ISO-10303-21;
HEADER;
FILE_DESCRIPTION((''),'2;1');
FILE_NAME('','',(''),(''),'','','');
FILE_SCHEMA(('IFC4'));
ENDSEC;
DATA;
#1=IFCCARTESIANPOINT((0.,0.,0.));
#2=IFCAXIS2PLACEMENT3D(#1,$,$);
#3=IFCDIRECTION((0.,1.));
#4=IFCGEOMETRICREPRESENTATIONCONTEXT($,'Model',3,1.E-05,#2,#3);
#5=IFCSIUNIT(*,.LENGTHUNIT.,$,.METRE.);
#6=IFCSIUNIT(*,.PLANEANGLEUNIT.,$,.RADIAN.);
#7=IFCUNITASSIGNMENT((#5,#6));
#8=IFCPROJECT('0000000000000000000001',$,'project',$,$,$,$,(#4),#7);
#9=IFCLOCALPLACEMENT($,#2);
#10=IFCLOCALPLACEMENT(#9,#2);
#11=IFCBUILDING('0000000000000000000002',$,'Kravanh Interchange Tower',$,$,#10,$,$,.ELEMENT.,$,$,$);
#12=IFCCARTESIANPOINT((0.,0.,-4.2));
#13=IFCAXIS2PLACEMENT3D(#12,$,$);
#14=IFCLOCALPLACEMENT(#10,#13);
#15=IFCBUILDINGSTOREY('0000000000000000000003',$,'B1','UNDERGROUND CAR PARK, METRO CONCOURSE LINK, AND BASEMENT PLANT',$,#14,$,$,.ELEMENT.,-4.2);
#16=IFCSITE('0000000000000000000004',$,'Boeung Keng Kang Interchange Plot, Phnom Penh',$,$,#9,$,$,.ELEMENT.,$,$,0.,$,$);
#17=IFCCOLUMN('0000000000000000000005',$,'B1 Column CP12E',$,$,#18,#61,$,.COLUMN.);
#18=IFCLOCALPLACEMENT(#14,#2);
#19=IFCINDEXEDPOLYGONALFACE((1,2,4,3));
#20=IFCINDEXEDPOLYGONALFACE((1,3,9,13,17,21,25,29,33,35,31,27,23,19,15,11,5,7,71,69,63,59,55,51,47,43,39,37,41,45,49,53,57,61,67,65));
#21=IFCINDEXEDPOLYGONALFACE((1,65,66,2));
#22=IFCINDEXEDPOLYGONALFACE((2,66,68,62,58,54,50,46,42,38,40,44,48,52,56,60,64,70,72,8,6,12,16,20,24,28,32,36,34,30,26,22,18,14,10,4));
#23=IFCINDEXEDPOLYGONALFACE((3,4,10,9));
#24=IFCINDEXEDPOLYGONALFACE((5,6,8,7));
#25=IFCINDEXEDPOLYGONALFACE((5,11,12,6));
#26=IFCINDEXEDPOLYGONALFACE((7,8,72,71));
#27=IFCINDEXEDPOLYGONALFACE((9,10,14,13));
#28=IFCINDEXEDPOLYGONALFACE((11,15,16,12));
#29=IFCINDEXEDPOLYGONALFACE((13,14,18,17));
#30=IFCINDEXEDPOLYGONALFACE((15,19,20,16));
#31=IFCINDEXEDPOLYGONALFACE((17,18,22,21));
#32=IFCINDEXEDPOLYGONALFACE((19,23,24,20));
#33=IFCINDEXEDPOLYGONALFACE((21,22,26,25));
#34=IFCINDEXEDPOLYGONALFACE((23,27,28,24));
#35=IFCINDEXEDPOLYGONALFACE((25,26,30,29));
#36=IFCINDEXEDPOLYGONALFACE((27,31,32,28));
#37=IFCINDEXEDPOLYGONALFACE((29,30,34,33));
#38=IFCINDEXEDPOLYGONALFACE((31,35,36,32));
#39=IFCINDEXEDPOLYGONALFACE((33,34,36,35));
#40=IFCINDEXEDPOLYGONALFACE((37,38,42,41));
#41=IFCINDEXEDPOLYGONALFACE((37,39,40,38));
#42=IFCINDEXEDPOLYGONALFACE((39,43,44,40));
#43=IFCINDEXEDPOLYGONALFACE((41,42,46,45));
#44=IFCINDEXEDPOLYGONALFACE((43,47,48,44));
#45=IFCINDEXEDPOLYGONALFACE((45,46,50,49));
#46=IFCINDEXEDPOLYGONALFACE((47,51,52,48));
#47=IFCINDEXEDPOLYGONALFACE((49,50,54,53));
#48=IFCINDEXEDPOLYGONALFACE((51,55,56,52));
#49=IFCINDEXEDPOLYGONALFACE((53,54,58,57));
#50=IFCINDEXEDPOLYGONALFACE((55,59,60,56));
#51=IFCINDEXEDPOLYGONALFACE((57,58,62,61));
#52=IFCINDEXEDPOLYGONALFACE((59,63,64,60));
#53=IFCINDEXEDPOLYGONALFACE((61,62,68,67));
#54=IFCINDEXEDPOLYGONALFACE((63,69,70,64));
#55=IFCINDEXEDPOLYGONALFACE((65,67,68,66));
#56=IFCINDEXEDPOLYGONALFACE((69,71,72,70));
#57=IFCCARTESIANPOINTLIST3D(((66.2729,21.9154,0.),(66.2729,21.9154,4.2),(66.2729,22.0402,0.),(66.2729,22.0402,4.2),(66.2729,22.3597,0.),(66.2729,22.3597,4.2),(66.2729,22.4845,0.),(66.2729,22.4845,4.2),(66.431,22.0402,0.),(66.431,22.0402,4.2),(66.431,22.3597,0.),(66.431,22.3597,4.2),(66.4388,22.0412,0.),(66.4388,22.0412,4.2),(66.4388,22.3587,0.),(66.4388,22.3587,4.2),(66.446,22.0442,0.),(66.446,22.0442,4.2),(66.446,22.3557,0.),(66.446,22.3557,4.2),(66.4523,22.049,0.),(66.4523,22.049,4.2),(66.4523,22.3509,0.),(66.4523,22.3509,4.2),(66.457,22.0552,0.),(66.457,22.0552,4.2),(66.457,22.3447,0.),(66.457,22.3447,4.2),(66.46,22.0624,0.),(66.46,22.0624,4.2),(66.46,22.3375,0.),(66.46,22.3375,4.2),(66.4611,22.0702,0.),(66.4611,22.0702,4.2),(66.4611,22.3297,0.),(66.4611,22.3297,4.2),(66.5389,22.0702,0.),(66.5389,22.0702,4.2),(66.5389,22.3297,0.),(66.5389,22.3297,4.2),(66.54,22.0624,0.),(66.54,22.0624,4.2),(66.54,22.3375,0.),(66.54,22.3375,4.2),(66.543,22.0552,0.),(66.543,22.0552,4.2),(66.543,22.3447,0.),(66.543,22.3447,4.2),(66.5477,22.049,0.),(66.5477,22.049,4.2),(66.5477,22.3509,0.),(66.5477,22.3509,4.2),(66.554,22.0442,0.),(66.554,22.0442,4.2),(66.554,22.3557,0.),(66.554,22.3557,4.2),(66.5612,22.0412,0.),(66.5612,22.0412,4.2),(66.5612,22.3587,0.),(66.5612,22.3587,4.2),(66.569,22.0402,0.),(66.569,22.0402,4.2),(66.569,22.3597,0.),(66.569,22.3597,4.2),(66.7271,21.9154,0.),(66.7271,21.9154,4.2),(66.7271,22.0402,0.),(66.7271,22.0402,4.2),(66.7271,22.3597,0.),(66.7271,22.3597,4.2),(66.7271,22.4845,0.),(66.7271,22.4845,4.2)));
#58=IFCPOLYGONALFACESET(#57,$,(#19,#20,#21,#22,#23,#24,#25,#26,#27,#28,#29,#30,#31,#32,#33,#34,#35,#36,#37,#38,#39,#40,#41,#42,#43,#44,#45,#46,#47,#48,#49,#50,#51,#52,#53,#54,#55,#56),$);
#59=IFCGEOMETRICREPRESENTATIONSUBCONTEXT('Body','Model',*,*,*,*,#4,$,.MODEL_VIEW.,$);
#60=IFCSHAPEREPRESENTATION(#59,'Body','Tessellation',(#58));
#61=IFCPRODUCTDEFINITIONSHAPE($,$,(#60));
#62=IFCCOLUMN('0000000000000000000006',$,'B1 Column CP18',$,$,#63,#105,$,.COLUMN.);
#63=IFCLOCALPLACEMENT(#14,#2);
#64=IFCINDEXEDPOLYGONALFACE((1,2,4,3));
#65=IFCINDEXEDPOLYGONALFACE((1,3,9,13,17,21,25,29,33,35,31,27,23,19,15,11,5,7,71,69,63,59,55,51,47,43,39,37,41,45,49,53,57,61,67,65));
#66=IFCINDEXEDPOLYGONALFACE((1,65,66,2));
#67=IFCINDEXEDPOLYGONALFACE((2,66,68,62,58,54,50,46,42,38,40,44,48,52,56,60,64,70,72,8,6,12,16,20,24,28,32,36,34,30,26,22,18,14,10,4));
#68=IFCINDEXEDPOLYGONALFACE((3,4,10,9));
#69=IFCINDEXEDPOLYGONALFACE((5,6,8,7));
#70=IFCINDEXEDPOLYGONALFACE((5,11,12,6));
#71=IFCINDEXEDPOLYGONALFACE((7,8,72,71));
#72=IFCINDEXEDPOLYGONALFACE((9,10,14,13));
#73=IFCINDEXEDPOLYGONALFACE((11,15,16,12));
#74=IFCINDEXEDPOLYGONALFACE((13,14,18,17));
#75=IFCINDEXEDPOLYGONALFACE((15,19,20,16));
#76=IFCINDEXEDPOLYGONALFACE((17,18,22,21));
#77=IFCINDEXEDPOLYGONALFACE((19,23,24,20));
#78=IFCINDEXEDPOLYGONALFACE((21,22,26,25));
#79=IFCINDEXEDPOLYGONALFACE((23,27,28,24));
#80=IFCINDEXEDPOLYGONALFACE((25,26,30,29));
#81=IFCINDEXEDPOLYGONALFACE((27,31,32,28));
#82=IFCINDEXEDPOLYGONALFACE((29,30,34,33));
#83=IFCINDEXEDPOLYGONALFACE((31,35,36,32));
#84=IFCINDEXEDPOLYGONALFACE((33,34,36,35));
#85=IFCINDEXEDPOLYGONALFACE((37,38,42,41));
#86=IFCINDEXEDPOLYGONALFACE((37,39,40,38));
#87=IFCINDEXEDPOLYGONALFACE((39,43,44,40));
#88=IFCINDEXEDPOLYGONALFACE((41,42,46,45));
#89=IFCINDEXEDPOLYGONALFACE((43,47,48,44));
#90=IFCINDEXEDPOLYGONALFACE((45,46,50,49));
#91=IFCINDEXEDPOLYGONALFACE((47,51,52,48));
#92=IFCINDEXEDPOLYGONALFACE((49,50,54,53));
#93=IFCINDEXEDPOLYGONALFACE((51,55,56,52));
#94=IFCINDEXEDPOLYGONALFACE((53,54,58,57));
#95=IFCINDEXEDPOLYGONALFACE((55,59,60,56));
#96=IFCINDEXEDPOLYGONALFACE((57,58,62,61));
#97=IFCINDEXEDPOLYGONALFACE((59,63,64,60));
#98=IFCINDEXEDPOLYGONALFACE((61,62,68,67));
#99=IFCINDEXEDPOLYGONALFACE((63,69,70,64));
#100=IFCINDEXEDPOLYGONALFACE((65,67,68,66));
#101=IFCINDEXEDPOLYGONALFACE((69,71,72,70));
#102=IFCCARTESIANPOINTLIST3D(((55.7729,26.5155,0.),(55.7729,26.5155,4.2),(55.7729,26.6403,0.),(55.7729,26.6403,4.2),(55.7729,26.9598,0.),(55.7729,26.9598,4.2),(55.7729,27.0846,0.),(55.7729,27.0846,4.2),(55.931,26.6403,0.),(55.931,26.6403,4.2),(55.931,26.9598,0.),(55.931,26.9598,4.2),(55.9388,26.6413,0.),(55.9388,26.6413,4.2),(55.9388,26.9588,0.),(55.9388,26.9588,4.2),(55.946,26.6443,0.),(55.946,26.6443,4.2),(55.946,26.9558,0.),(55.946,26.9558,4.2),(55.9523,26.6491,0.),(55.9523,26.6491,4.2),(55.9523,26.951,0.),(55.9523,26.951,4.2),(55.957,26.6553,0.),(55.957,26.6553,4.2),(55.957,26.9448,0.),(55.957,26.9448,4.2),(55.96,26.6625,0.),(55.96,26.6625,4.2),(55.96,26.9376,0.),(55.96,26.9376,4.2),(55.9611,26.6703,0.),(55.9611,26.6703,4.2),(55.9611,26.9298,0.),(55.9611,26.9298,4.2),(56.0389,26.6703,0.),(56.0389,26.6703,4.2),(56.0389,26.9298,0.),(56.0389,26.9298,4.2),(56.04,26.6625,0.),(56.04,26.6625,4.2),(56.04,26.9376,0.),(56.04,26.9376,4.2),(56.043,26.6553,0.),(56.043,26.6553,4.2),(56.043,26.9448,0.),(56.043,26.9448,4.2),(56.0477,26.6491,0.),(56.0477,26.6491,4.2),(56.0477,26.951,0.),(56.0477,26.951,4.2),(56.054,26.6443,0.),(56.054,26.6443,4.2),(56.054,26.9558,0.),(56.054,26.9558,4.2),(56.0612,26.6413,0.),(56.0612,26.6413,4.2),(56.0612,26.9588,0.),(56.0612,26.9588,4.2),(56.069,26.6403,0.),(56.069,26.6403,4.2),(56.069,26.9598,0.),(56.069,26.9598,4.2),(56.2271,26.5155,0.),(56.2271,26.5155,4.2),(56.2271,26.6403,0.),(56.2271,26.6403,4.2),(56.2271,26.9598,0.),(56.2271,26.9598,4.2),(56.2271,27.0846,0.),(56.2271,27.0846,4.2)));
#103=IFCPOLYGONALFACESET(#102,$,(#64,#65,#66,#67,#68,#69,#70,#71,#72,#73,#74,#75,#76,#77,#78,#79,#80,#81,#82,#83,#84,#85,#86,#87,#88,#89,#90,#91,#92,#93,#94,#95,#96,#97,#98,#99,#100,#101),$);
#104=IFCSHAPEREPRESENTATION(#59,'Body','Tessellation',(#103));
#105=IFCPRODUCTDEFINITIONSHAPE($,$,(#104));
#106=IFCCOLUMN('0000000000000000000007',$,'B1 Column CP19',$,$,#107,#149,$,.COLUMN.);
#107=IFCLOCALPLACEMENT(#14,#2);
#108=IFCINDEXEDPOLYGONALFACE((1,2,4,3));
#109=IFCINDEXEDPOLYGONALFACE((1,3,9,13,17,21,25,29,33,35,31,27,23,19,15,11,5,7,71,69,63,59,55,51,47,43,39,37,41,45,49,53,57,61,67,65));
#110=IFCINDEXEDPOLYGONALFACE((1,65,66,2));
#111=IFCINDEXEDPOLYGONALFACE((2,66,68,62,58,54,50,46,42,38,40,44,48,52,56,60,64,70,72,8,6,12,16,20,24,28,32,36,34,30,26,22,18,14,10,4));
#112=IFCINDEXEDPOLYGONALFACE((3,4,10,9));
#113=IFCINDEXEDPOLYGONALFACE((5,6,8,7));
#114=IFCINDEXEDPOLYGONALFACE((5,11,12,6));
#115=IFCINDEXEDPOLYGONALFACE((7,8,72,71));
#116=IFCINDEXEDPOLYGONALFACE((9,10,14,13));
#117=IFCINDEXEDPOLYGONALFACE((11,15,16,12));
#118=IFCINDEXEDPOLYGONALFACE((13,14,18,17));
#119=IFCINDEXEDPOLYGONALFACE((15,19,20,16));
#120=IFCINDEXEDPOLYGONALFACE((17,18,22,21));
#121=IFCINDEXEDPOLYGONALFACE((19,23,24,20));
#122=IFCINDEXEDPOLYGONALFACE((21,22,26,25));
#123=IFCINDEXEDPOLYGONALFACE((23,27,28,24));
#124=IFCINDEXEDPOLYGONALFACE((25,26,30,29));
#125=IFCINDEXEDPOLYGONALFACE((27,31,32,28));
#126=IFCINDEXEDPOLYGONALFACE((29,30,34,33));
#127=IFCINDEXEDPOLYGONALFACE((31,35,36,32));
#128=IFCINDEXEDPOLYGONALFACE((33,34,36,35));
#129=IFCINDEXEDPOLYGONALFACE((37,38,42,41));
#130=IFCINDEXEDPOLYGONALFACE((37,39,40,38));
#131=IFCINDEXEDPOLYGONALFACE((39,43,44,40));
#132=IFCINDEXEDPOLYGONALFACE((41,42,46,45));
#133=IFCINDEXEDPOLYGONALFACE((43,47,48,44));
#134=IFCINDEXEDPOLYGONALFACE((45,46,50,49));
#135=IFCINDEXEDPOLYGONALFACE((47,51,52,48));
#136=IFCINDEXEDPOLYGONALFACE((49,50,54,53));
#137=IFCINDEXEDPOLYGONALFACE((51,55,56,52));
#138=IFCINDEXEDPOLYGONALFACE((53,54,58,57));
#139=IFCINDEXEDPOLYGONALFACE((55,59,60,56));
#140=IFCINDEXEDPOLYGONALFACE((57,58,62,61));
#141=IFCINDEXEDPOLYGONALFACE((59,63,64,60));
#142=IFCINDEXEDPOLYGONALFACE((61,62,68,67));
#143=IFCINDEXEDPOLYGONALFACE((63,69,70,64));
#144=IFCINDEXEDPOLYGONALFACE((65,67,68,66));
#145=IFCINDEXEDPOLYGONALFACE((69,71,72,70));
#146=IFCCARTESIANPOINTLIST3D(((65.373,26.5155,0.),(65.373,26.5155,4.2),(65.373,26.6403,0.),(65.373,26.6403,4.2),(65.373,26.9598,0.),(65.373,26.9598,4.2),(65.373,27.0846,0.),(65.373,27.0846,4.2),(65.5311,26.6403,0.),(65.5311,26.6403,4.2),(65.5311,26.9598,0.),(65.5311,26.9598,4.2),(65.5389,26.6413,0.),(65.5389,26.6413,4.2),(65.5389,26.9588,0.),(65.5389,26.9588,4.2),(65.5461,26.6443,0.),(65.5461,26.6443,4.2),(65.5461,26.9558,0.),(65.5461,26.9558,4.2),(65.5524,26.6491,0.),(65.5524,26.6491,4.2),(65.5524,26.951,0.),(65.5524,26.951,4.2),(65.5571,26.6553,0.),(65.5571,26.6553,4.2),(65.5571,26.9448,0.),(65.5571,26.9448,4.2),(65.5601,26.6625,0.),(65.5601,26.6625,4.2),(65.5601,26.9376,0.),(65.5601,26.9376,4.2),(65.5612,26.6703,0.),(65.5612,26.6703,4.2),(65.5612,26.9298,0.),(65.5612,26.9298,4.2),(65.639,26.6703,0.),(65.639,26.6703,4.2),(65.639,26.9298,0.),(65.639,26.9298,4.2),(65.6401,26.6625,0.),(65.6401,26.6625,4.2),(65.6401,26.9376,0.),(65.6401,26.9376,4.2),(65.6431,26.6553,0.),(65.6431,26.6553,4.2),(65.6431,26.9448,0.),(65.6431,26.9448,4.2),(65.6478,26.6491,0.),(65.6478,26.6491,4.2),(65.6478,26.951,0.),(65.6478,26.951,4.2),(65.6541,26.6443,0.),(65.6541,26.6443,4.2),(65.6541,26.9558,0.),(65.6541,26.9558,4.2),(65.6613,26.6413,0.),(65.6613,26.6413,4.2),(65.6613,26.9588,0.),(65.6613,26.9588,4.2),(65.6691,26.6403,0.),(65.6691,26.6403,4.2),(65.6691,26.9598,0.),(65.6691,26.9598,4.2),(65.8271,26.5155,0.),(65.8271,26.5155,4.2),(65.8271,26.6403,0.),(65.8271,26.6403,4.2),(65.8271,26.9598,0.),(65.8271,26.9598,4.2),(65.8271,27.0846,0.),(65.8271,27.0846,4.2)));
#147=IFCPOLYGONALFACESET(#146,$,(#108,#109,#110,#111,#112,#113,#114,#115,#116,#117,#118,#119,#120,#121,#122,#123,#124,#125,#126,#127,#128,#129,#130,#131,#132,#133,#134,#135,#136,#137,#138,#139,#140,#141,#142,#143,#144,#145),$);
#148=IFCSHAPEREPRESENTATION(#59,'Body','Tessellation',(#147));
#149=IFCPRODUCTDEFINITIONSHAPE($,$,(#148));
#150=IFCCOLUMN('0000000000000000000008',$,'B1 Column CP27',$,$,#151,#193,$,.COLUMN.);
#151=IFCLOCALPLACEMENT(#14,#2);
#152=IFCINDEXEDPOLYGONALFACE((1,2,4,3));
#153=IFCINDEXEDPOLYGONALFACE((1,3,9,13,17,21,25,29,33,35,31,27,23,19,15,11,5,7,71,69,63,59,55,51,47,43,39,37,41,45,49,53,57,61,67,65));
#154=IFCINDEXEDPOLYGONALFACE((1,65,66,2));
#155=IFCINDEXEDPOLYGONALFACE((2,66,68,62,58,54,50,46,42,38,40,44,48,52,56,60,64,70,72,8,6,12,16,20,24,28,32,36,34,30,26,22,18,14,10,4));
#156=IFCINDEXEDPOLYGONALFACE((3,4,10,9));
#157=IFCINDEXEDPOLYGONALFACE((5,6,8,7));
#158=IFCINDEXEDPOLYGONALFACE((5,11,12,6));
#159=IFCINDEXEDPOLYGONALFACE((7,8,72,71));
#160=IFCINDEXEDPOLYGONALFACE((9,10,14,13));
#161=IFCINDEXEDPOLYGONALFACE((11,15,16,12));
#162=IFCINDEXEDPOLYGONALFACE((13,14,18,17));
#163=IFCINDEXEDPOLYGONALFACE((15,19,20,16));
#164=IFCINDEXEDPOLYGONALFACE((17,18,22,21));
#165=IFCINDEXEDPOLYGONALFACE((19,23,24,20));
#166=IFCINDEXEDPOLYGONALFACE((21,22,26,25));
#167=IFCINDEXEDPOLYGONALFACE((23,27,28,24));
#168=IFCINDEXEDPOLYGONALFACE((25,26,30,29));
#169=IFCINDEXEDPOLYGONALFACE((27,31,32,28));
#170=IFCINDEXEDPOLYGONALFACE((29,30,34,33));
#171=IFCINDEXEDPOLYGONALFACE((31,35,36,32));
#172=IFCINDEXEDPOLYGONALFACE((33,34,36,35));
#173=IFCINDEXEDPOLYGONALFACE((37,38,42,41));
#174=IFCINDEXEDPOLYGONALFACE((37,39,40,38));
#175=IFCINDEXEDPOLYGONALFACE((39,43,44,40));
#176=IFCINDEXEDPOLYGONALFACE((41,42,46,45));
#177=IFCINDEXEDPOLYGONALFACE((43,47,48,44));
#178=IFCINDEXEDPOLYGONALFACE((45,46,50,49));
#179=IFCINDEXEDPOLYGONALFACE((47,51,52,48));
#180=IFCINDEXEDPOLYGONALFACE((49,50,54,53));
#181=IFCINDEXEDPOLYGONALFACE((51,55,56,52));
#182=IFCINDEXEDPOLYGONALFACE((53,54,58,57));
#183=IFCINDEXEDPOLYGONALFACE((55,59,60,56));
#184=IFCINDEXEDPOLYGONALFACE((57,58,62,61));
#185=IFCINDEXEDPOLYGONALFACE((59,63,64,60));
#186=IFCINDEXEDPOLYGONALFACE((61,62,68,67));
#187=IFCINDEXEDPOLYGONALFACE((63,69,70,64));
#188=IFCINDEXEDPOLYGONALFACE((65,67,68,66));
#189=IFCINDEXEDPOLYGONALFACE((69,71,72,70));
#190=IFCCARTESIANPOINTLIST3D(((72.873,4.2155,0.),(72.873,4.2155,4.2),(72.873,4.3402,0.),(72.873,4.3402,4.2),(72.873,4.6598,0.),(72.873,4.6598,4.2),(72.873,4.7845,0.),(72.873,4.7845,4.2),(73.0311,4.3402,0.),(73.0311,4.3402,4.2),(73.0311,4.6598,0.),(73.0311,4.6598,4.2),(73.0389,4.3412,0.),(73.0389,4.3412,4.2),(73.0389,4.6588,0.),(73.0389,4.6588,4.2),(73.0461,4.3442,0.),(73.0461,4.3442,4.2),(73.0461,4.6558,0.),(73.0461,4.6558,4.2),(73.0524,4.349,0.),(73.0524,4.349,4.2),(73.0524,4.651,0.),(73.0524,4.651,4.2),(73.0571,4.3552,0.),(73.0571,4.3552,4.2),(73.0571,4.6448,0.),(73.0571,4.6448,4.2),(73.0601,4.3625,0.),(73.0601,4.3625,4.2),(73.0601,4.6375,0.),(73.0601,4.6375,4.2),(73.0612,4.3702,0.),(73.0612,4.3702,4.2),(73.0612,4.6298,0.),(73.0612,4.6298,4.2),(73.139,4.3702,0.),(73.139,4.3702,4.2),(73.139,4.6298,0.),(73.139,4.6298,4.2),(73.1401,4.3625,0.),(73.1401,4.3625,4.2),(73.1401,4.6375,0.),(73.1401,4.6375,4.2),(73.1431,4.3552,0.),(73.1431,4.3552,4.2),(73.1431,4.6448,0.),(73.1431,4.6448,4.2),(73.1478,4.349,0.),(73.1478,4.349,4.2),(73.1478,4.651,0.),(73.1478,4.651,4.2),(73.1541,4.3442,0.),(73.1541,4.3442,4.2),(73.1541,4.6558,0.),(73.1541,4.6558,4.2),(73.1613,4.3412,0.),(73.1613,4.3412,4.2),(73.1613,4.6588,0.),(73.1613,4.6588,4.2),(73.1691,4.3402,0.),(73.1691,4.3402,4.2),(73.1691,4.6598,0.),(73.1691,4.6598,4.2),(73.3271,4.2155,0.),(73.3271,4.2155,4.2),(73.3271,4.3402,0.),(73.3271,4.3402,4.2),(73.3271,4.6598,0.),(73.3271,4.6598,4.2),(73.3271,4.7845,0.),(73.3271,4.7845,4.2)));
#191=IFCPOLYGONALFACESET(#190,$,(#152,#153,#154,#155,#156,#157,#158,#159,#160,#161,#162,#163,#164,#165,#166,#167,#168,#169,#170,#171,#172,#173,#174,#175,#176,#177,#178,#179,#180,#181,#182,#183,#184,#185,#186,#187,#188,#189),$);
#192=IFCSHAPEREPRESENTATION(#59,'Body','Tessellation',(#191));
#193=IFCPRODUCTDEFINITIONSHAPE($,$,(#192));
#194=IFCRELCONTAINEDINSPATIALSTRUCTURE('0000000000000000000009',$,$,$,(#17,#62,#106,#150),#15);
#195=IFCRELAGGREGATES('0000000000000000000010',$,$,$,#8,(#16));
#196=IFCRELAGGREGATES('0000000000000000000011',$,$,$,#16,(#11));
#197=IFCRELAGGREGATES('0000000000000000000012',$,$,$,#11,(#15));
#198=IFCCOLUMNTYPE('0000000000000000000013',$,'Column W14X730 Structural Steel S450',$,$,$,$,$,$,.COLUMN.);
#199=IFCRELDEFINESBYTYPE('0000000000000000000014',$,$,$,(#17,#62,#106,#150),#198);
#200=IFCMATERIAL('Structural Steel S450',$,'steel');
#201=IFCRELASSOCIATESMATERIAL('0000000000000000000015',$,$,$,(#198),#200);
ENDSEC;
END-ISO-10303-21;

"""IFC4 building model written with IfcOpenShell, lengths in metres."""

from ifc_helpers import new_model, si_unit, direction, frame, origin, origin_2d, place, context, subcontext, project, spatial, i_section, extrude, material, material_profile, profile_set, type_object, element, save


model = new_model("IFC4")

# Units and contexts
model_context = context("Model", 3, precision=1e-05, world=origin(), true_north=direction((0.0, 1.0)))
body_context = subcontext(model_context, "Body", "Model", "MODEL_VIEW")
ifc_project = project(units=[si_unit("LENGTHUNIT", "METRE"), si_unit("PLANEANGLEUNIT", "RADIAN")], contexts=[model_context])

# Site, building, storey
site_placement = place(None, origin())
site = spatial("IfcSite", under=ifc_project, at=site_placement, Name="Boeung Keng Kang Interchange Plot, Phnom Penh", CompositionType="ELEMENT", RefElevation=0.0)
building_placement = place(site_placement, origin())
building = spatial("IfcBuilding", under=site, at=building_placement, Name="Kravanh Interchange Tower", CompositionType="ELEMENT")
storey_placement = place(building_placement, frame((0.0, 0.0, -4.2)))
storey = spatial("IfcBuildingStorey", under=building, at=storey_placement, Name="B1", Description="UNDERGROUND CAR PARK, METRO CONCOURSE LINK, AND BASEMENT PLANT", CompositionType="ELEMENT", Elevation=-4.2)

# Columns
ifc_material_1 = material(Name="Structural Steel S450", Category="steel")
ifc_material_profile_1 = material_profile(ifc_material_1, i_section(OverallWidth=0.4541, OverallDepth=0.5691, WebThickness=0.0779, FlangeThickness=0.1248, FilletRadius=0.03, at=origin_2d()), Name="W14X730")
ifc_profile_set_1 = profile_set([ifc_material_profile_1], Name="Structural Steel S450")
column_type = type_object("IfcColumnType", Name="Column W14X730 Structural Steel S450", PredefinedType="COLUMN", material=ifc_profile_set_1)
for number, where, z_axis, x_axis, name in (
    (1, (66.5, 22.2, 0.0), (0.0, 0.0, 1.0), (1.0, 0.0, 0.0), "B1 Column CP12E"),
    (2, (56.0, 26.8, 0.0), (0.0, 0.0, 1.0), (1.0, 0.0, 0.0), "B1 Column CP18"),
    (3, (65.6001, 26.8, 0.0), (0.0, 0.0, 1.0), (1.0, 0.0, 0.0), "B1 Column CP19"),
    (4, (73.1001, 4.5, 0.0), (0.0, 0.0, 1.0), (1.0, 0.0, 0.0), "B1 Column CP27"),
):
    element("IfcColumn", number, at=place(storey_placement, frame(where, z_axis=z_axis, x_axis=x_axis)), inside=storey, type_object=column_type, Name=name, PredefinedType="COLUMN", context=body_context, shape_type="SweptSolid", body=[
        extrude(i_section(OverallWidth=0.4541, OverallDepth=0.5691, WebThickness=0.0779, FlangeThickness=0.1248, FilletRadius=0.03, at=origin_2d()), origin(), (0.0, 0.0, 1.0), 4.2),
    ])

save(model, "model.ifc")
